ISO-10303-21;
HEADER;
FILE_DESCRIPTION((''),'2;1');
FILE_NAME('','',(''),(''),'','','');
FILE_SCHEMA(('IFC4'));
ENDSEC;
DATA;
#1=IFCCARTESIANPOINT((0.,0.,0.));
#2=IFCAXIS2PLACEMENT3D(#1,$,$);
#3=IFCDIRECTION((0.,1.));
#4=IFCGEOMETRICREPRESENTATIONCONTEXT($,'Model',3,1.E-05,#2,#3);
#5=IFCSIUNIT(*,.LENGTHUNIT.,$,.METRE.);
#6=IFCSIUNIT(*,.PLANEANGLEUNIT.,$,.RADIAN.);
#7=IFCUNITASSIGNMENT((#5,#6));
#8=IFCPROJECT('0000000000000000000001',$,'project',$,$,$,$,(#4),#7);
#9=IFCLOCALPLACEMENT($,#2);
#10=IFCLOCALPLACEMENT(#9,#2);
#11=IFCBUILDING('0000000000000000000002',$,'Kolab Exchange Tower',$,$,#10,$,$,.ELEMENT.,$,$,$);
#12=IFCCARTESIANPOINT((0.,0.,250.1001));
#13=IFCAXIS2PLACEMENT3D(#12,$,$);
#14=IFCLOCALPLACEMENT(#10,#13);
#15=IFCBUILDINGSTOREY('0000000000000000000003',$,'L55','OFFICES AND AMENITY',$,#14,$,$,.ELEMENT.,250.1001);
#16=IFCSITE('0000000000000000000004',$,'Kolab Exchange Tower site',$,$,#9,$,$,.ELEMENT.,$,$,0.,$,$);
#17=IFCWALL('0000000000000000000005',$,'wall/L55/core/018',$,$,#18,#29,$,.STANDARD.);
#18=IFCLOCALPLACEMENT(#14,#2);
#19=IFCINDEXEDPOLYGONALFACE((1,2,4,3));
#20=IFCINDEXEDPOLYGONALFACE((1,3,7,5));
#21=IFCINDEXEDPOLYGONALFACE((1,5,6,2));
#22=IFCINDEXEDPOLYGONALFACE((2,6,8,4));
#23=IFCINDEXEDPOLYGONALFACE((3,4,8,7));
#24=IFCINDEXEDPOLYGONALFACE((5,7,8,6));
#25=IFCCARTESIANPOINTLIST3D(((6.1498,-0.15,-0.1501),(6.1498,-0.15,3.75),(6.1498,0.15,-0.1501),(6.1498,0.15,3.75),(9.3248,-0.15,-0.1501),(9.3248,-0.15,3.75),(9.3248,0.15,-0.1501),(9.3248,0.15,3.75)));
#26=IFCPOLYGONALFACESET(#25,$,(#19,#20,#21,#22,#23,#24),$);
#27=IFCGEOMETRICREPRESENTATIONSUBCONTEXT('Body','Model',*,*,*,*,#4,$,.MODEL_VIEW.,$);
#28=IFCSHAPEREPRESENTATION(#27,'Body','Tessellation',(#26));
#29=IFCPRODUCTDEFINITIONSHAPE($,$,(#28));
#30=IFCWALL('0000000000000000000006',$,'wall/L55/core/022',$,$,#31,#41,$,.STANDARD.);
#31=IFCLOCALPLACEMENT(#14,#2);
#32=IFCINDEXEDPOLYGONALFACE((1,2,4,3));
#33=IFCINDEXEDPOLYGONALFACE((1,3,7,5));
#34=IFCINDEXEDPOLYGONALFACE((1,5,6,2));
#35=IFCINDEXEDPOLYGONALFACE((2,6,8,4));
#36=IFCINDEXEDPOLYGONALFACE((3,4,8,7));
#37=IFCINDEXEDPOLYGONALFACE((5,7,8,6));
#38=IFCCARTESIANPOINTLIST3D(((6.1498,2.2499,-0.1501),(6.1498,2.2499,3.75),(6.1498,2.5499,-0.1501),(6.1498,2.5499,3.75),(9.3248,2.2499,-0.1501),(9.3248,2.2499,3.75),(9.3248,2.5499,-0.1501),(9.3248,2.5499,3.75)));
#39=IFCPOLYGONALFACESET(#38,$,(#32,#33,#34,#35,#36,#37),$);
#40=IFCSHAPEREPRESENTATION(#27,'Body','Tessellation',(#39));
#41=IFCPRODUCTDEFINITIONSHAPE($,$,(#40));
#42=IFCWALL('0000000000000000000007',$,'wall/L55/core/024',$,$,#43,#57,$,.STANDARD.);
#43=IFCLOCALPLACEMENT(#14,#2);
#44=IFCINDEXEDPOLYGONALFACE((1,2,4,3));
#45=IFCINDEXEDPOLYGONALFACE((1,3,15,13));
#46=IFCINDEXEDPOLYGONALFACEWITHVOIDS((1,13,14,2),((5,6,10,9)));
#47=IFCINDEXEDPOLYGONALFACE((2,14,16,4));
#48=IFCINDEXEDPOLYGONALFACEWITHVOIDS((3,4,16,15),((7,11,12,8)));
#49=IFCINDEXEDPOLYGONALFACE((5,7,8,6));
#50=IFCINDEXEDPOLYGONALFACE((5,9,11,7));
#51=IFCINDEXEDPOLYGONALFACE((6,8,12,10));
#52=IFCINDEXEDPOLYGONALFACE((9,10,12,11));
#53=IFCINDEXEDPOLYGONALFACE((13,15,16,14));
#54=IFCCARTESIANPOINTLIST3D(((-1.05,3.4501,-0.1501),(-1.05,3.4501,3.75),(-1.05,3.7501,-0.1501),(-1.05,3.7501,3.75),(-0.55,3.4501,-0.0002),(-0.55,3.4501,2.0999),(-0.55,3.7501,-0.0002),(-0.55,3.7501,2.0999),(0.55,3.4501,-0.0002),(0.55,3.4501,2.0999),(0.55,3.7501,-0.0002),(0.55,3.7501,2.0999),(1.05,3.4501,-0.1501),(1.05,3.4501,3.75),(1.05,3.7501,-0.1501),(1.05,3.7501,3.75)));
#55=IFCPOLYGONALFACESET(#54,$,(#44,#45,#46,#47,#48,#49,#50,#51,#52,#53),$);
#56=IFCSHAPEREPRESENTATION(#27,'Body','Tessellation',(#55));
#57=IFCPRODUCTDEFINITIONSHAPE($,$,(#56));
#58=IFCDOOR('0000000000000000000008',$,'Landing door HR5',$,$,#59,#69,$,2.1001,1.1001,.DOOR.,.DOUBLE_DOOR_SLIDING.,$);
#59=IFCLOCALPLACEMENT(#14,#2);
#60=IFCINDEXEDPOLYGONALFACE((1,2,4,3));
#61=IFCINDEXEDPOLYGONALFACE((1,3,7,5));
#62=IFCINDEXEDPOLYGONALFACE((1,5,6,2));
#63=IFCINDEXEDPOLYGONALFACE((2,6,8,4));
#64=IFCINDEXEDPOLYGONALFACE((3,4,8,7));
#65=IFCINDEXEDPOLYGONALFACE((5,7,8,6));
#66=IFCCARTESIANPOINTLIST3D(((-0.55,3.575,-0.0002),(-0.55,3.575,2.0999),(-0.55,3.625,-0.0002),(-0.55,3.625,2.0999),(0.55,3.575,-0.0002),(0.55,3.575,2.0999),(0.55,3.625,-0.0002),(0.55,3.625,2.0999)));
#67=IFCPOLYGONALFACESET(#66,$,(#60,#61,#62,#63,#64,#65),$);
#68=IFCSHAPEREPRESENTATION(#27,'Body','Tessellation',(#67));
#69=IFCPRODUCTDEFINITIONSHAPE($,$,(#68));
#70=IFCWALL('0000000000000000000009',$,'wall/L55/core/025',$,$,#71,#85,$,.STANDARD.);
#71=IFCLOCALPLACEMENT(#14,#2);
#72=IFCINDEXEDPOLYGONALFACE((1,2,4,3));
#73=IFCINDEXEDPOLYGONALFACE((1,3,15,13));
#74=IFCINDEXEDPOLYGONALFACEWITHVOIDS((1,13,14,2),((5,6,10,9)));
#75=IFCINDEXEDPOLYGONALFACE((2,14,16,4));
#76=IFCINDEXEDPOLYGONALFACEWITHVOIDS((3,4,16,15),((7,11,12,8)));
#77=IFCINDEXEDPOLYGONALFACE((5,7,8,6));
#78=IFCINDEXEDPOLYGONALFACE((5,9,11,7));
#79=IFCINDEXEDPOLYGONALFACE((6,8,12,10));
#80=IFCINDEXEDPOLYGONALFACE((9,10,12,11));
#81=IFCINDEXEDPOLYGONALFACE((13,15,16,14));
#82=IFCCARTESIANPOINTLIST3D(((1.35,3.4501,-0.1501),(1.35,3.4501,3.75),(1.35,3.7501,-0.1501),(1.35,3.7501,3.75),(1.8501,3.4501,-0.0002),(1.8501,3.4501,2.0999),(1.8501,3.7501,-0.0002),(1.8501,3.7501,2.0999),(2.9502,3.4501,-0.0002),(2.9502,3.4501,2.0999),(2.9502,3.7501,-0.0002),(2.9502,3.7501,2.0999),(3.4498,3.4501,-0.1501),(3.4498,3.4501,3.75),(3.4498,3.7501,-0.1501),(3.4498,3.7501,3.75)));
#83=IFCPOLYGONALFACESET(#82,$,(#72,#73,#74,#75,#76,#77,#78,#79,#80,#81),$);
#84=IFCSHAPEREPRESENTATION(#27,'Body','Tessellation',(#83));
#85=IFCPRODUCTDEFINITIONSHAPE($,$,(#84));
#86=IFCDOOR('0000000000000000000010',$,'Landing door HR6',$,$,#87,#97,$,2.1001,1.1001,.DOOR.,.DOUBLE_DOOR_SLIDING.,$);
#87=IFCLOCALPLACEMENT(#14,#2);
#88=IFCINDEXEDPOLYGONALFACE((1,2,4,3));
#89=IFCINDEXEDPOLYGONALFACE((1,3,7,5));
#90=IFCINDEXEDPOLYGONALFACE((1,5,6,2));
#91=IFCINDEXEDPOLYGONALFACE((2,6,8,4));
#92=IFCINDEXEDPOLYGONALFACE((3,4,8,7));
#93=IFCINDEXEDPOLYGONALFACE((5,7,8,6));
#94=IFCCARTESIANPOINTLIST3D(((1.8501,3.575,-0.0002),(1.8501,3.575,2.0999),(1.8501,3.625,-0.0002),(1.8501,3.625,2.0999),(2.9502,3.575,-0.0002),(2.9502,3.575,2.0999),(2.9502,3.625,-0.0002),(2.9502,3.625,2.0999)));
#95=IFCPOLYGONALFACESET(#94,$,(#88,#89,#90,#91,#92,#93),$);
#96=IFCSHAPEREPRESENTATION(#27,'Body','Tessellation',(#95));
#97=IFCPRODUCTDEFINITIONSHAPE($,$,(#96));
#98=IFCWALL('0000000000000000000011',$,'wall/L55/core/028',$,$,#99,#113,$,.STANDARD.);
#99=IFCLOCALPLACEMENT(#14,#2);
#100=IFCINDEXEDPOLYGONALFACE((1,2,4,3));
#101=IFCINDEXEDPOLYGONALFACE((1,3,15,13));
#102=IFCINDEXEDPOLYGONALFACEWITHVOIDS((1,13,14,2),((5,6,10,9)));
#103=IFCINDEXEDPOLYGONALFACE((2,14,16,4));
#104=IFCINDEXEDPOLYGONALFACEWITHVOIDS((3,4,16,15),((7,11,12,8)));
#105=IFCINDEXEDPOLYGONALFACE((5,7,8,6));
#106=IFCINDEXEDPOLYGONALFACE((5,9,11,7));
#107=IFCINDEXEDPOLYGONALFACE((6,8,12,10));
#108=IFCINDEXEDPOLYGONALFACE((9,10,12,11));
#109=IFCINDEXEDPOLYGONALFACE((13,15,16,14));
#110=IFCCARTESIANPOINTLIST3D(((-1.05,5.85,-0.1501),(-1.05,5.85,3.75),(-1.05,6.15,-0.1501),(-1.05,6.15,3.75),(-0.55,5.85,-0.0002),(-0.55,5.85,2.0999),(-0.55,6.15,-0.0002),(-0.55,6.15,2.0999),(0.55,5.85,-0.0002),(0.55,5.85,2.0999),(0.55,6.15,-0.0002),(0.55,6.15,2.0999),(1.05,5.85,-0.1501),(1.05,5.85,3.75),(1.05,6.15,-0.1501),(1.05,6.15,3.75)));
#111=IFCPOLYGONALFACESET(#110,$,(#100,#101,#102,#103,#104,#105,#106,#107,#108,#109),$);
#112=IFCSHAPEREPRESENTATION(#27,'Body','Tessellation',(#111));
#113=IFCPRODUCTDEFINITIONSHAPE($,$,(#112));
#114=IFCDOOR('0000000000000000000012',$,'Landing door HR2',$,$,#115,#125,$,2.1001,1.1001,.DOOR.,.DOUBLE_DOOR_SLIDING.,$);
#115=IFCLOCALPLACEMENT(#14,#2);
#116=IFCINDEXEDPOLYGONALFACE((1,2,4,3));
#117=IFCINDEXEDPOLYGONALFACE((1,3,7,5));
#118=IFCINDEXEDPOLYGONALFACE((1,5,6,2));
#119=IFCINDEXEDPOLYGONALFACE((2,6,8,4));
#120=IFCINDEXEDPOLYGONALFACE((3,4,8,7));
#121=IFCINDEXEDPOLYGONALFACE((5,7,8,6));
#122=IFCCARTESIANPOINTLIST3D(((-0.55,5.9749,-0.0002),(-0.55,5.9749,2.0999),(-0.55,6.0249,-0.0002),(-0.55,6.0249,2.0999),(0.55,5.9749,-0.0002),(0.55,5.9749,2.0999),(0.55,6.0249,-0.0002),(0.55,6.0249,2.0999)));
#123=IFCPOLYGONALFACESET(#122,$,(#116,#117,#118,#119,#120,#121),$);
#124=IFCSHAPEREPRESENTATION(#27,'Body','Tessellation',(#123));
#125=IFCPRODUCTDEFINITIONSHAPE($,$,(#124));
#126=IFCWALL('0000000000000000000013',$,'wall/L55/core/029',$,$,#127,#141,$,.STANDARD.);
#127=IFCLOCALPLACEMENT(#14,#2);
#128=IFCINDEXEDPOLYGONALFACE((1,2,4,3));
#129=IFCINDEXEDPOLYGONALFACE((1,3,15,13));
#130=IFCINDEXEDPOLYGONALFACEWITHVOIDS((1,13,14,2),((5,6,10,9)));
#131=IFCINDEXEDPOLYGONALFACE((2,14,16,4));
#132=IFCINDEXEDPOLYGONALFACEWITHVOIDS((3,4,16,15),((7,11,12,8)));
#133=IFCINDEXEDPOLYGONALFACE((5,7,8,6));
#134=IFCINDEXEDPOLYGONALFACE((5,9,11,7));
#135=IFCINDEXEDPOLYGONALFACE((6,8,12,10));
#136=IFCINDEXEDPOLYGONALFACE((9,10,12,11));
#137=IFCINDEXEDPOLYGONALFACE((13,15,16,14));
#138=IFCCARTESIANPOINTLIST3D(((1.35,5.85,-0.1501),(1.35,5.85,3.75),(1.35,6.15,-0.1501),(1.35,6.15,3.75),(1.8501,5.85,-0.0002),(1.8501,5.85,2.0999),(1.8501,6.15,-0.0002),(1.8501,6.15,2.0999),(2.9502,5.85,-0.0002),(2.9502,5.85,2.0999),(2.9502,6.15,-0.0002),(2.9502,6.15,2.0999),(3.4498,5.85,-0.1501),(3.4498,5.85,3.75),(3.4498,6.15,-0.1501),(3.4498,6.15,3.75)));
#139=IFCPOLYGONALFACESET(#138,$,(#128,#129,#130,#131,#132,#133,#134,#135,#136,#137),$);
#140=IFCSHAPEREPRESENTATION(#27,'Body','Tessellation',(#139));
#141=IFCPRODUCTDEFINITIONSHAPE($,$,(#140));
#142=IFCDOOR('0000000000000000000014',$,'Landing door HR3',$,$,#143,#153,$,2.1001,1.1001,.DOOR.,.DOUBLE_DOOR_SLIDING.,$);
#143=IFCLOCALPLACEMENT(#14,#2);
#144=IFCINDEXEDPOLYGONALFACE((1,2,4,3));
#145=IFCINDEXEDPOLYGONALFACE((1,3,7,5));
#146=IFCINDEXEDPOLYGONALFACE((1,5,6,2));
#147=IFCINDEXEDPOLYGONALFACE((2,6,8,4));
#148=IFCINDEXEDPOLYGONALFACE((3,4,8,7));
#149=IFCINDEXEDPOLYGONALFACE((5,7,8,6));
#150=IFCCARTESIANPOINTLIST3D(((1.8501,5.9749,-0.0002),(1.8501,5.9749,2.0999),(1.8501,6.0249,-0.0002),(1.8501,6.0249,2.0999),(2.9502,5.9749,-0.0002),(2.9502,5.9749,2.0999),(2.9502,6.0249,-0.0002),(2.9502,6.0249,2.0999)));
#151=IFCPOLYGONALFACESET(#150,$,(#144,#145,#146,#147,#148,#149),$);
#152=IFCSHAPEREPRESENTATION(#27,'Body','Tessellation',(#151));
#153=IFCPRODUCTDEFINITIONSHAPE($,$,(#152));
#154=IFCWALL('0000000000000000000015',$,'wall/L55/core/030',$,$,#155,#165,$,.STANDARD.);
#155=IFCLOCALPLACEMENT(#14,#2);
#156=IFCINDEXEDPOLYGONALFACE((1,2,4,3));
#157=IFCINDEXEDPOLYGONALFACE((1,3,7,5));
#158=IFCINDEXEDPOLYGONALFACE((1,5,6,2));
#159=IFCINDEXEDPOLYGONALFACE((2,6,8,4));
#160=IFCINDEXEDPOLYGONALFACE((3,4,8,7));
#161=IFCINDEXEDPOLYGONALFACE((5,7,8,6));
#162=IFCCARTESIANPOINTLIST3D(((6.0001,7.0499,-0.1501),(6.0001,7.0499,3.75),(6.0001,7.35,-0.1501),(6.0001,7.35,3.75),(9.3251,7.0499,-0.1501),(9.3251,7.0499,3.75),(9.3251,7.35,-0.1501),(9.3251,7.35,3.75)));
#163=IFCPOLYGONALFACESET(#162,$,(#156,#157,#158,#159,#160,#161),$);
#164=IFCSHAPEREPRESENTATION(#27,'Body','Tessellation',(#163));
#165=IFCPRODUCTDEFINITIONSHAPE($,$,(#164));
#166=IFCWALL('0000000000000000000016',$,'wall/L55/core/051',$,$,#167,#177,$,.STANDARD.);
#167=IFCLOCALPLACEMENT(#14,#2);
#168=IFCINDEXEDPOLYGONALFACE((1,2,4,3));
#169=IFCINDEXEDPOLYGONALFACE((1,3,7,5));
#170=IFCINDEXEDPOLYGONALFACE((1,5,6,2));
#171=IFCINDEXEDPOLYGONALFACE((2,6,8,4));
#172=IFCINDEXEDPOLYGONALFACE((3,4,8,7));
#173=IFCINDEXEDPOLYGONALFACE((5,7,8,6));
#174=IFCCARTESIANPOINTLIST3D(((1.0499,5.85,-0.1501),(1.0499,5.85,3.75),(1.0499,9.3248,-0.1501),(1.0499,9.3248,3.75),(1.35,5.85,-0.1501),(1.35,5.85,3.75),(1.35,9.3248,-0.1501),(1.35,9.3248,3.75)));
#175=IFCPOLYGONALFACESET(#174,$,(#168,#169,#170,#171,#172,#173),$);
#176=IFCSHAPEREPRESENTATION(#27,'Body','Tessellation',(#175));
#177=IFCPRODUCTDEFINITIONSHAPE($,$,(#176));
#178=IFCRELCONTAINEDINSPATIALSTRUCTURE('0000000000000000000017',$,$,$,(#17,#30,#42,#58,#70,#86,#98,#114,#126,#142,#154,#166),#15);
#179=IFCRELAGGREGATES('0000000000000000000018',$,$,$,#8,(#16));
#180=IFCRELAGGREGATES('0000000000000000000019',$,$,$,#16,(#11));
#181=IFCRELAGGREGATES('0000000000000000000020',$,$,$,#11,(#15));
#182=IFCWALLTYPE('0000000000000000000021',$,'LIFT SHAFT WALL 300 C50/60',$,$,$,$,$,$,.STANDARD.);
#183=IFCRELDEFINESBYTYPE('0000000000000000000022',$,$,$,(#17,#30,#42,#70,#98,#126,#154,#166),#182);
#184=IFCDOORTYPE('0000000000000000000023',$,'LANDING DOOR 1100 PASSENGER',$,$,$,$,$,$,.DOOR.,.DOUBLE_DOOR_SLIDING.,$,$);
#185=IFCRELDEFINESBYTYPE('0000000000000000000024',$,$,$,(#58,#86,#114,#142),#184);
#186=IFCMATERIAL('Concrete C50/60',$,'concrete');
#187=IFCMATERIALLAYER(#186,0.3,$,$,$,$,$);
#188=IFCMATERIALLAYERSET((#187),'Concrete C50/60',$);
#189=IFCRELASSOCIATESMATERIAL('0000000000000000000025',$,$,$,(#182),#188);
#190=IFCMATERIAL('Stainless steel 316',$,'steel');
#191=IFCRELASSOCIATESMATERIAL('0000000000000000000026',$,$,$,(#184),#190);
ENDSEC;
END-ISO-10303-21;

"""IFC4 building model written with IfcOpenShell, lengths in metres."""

from ifc_helpers import new_model, si_unit, direction, frame, frame_2d, origin, place, context, subcontext, project, spatial, rectangle, extrude, material, layer, layer_set, type_object, element, fill, save


model = new_model("IFC4")

# Units and contexts
model_context = context("Model", 3, precision=1e-05, world=origin(), true_north=direction((0.0, 1.0)))
body_context = subcontext(model_context, "Body", "Model", "MODEL_VIEW")
ifc_project = project(units=[si_unit("LENGTHUNIT", "METRE"), si_unit("PLANEANGLEUNIT", "RADIAN")], contexts=[model_context])

# Site, building, storey
site_placement = place(None, origin())
site = spatial("IfcSite", under=ifc_project, at=site_placement, Name="Kolab Exchange Tower site", CompositionType="ELEMENT", RefElevation=0.0)
building_placement = place(site_placement, origin())
building = spatial("IfcBuilding", under=site, at=building_placement, Name="Kolab Exchange Tower", CompositionType="ELEMENT")
storey_placement = place(building_placement, frame((0.0, 0.0, 250.1001)))
storey = spatial("IfcBuildingStorey", under=building, at=storey_placement, Name="L55", Description="OFFICES AND AMENITY", CompositionType="ELEMENT", Elevation=250.1001)

# Shared definitions
ifc_material_1 = material(Name="Concrete C50/60", Category="concrete")

# Walls
ifc_layer_1 = layer(ifc_material_1, 0.3)
ifc_layer_set_1 = layer_set([ifc_layer_1], Name="Concrete C50/60")
wall_type_1 = type_object("IfcWallType", Name="LIFT SHAFT WALL 300 C50/60", PredefinedType="STANDARD", material=ifc_layer_set_1)
for number, where, z_axis, x_axis, name in (
    (1, (6.1499, 0.0, -0.1501), (0.0, 0.0, 1.0), (1.0, 0.0, 0.0), "wall/L55/core/018"),
    (2, (6.1499, 2.3999, -0.1501), (0.0, 0.0, 1.0), (1.0, 0.0, 0.0), "wall/L55/core/022"),
):
    element("IfcWall", number, at=place(storey_placement, frame(where, z_axis=z_axis, x_axis=x_axis)), inside=storey, type_object=wall_type_1, Name=name, PredefinedType="STANDARD", context=body_context, shape_type="SweptSolid", body=[
        extrude(rectangle(XDim=3.175, YDim=0.3, at=frame_2d((1.5874, 0.0))), origin(), (0.0, 0.0, 1.0), 3.9001),
    ])

# Walls, openings, doors
wall_1_placement = place(storey_placement, frame((-1.05, 3.6001, -0.1501), z_axis=(0.0, 0.0, 1.0), x_axis=(1.0, 0.0, 0.0)))
wall_1 = element("IfcWall", 3, at=wall_1_placement, inside=storey, type_object=wall_type_1, Name="wall/L55/core/024", PredefinedType="STANDARD", context=body_context, shape_type="SweptSolid", body=[
    extrude(rectangle(XDim=2.1001, YDim=0.3, at=frame_2d((1.05, 0.0))), origin(), (0.0, 0.0, 1.0), 3.9001),
])
opening_1_placement = place(wall_1_placement, frame((0.5, 0.0, 0.1499)))
opening_1 = element("IfcOpeningElement", 4, at=opening_1_placement, cuts=wall_1, PredefinedType="OPENING", context=body_context, shape_type="SweptSolid", body=[
    extrude(rectangle(XDim=1.1001, YDim=2.1001, at=frame_2d((0.55, 1.05))), frame((0.0, 0.1602, 0.0), z_axis=(0.0, -1.0, 0.0), x_axis=(1.0, 0.0, 0.0)), (0.0, 0.0, 1.0), 0.3201),
])
ifc_material_2 = material(Name="Stainless steel 316", Category="steel")
door_type_1 = type_object("IfcDoorType", Name="LANDING DOOR 1100 PASSENGER", OperationType="DOUBLE_DOOR_SLIDING", PredefinedType="DOOR", material=ifc_material_2)
door_1_placement = place(opening_1_placement, origin())
door_1 = element("IfcDoor", 5, at=door_1_placement, inside=storey, type_object=door_type_1, Name="Landing door HR5", OperationType="DOUBLE_DOOR_SLIDING", OverallHeight=2.1001, OverallWidth=1.1001, PredefinedType="DOOR", context=body_context, shape_type="SweptSolid", body=[
    extrude(rectangle(XDim=1.1001, YDim=2.1001, at=frame_2d((0.55, 1.05))), frame((0.0, 0.0249, 0.0), z_axis=(0.0, -1.0, 0.0), x_axis=(1.0, 0.0, 0.0)), (0.0, 0.0, 1.0), 0.05),
])
fill(opening_1, door_1)
wall_2_placement = place(storey_placement, frame((1.3501, 3.6001, -0.1501), z_axis=(0.0, 0.0, 1.0), x_axis=(1.0, 0.0, 0.0)))
wall_2 = element("IfcWall", 6, at=wall_2_placement, inside=storey, type_object=wall_type_1, Name="wall/L55/core/025", PredefinedType="STANDARD", context=body_context, shape_type="SweptSolid", body=[
    extrude(rectangle(XDim=2.0999, YDim=0.3, at=frame_2d((1.0498, 0.0))), origin(), (0.0, 0.0, 1.0), 3.9001),
])
opening_2_placement = place(wall_2_placement, frame((0.5, 0.0, 0.1499)))
opening_2 = element("IfcOpeningElement", 7, at=opening_2_placement, cuts=wall_2, PredefinedType="OPENING", context=body_context, shape_type="SweptSolid", body=[
    extrude(rectangle(XDim=1.1001, YDim=2.1001, at=frame_2d((0.55, 1.05))), frame((0.0, 0.1602, 0.0), z_axis=(0.0, -1.0, 0.0), x_axis=(1.0, 0.0, 0.0)), (0.0, 0.0, 1.0), 0.3201),
])
door_2_placement = place(opening_2_placement, origin())
door_2 = element("IfcDoor", 8, at=door_2_placement, inside=storey, type_object=door_type_1, Name="Landing door HR6", OperationType="DOUBLE_DOOR_SLIDING", OverallHeight=2.1001, OverallWidth=1.1001, PredefinedType="DOOR", context=body_context, shape_type="SweptSolid", body=[
    extrude(rectangle(XDim=1.1001, YDim=2.1001, at=frame_2d((0.55, 1.05))), frame((0.0, 0.0249, 0.0), z_axis=(0.0, -1.0, 0.0), x_axis=(1.0, 0.0, 0.0)), (0.0, 0.0, 1.0), 0.05),
])
fill(opening_2, door_2)
wall_3_placement = place(storey_placement, frame((-1.05, 6.0, -0.1501), z_axis=(0.0, 0.0, 1.0), x_axis=(1.0, 0.0, 0.0)))
wall_3 = element("IfcWall", 9, at=wall_3_placement, inside=storey, type_object=wall_type_1, Name="wall/L55/core/028", PredefinedType="STANDARD", context=body_context, shape_type="SweptSolid", body=[
    extrude(rectangle(XDim=2.1001, YDim=0.3, at=frame_2d((1.05, 0.0))), origin(), (0.0, 0.0, 1.0), 3.9001),
])
opening_3_placement = place(wall_3_placement, frame((0.5, 0.0, 0.1499)))
opening_3 = element("IfcOpeningElement", 10, at=opening_3_placement, cuts=wall_3, PredefinedType="OPENING", context=body_context, shape_type="SweptSolid", body=[
    extrude(rectangle(XDim=1.1001, YDim=2.1001, at=frame_2d((0.55, 1.05))), frame((0.0, 0.1602, 0.0), z_axis=(0.0, -1.0, 0.0), x_axis=(1.0, 0.0, 0.0)), (0.0, 0.0, 1.0), 0.3201),
])
door_3_placement = place(opening_3_placement, origin())
door_3 = element("IfcDoor", 11, at=door_3_placement, inside=storey, type_object=door_type_1, Name="Landing door HR2", OperationType="DOUBLE_DOOR_SLIDING", OverallHeight=2.1001, OverallWidth=1.1001, PredefinedType="DOOR", context=body_context, shape_type="SweptSolid", body=[
    extrude(rectangle(XDim=1.1001, YDim=2.1001, at=frame_2d((0.55, 1.05))), frame((0.0, 0.0249, 0.0), z_axis=(0.0, -1.0, 0.0), x_axis=(1.0, 0.0, 0.0)), (0.0, 0.0, 1.0), 0.05),
])
fill(opening_3, door_3)
wall_4_placement = place(storey_placement, frame((1.3501, 6.0, -0.1501), z_axis=(0.0, 0.0, 1.0), x_axis=(1.0, 0.0, 0.0)))
wall_4 = element("IfcWall", 12, at=wall_4_placement, inside=storey, type_object=wall_type_1, Name="wall/L55/core/029", PredefinedType="STANDARD", context=body_context, shape_type="SweptSolid", body=[
    extrude(rectangle(XDim=2.0999, YDim=0.3, at=frame_2d((1.0498, 0.0))), origin(), (0.0, 0.0, 1.0), 3.9001),
])
opening_4_placement = place(wall_4_placement, frame((0.5, 0.0, 0.1499)))
opening_4 = element("IfcOpeningElement", 13, at=opening_4_placement, cuts=wall_4, PredefinedType="OPENING", context=body_context, shape_type="SweptSolid", body=[
    extrude(rectangle(XDim=1.1001, YDim=2.1001, at=frame_2d((0.55, 1.05))), frame((0.0, 0.1602, 0.0), z_axis=(0.0, -1.0, 0.0), x_axis=(1.0, 0.0, 0.0)), (0.0, 0.0, 1.0), 0.3201),
])
door_4_placement = place(opening_4_placement, origin())
door_4 = element("IfcDoor", 14, at=door_4_placement, inside=storey, type_object=door_type_1, Name="Landing door HR3", OperationType="DOUBLE_DOOR_SLIDING", OverallHeight=2.1001, OverallWidth=1.1001, PredefinedType="DOOR", context=body_context, shape_type="SweptSolid", body=[
    extrude(rectangle(XDim=1.1001, YDim=2.1001, at=frame_2d((0.55, 1.05))), frame((0.0, 0.0249, 0.0), z_axis=(0.0, -1.0, 0.0), x_axis=(1.0, 0.0, 0.0)), (0.0, 0.0, 1.0), 0.05),
])
fill(opening_4, door_4)

# Walls
wall_5_placement = place(storey_placement, frame((6.0, 7.2, -0.1501), z_axis=(0.0, 0.0, 1.0), x_axis=(1.0, 0.0, 0.0)))
element("IfcWall", 15, at=wall_5_placement, inside=storey, type_object=wall_type_1, Name="wall/L55/core/030", PredefinedType="STANDARD", context=body_context, shape_type="SweptSolid", body=[
    extrude(rectangle(XDim=3.325, YDim=0.3, at=frame_2d((1.6626, 0.0))), origin(), (0.0, 0.0, 1.0), 3.9001),
])
for number, where, z_axis, x_axis, name in (
    (16, (1.2, 5.8501, -0.1501), (0.0, 0.0, 1.0), (0.0, 1.0, 0.0), "wall/L55/core/051"),
):
    element("IfcWall", number, at=place(storey_placement, frame(where, z_axis=z_axis, x_axis=x_axis)), inside=storey, type_object=wall_type_1, Name=name, PredefinedType="STANDARD", context=body_context, shape_type="SweptSolid", body=[
        extrude(rectangle(XDim=3.4749, YDim=0.3, at=frame_2d((1.7373, 0.0))), origin(), (0.0, 0.0, 1.0), 3.9001),
    ])

save(model, "model.ifc")
